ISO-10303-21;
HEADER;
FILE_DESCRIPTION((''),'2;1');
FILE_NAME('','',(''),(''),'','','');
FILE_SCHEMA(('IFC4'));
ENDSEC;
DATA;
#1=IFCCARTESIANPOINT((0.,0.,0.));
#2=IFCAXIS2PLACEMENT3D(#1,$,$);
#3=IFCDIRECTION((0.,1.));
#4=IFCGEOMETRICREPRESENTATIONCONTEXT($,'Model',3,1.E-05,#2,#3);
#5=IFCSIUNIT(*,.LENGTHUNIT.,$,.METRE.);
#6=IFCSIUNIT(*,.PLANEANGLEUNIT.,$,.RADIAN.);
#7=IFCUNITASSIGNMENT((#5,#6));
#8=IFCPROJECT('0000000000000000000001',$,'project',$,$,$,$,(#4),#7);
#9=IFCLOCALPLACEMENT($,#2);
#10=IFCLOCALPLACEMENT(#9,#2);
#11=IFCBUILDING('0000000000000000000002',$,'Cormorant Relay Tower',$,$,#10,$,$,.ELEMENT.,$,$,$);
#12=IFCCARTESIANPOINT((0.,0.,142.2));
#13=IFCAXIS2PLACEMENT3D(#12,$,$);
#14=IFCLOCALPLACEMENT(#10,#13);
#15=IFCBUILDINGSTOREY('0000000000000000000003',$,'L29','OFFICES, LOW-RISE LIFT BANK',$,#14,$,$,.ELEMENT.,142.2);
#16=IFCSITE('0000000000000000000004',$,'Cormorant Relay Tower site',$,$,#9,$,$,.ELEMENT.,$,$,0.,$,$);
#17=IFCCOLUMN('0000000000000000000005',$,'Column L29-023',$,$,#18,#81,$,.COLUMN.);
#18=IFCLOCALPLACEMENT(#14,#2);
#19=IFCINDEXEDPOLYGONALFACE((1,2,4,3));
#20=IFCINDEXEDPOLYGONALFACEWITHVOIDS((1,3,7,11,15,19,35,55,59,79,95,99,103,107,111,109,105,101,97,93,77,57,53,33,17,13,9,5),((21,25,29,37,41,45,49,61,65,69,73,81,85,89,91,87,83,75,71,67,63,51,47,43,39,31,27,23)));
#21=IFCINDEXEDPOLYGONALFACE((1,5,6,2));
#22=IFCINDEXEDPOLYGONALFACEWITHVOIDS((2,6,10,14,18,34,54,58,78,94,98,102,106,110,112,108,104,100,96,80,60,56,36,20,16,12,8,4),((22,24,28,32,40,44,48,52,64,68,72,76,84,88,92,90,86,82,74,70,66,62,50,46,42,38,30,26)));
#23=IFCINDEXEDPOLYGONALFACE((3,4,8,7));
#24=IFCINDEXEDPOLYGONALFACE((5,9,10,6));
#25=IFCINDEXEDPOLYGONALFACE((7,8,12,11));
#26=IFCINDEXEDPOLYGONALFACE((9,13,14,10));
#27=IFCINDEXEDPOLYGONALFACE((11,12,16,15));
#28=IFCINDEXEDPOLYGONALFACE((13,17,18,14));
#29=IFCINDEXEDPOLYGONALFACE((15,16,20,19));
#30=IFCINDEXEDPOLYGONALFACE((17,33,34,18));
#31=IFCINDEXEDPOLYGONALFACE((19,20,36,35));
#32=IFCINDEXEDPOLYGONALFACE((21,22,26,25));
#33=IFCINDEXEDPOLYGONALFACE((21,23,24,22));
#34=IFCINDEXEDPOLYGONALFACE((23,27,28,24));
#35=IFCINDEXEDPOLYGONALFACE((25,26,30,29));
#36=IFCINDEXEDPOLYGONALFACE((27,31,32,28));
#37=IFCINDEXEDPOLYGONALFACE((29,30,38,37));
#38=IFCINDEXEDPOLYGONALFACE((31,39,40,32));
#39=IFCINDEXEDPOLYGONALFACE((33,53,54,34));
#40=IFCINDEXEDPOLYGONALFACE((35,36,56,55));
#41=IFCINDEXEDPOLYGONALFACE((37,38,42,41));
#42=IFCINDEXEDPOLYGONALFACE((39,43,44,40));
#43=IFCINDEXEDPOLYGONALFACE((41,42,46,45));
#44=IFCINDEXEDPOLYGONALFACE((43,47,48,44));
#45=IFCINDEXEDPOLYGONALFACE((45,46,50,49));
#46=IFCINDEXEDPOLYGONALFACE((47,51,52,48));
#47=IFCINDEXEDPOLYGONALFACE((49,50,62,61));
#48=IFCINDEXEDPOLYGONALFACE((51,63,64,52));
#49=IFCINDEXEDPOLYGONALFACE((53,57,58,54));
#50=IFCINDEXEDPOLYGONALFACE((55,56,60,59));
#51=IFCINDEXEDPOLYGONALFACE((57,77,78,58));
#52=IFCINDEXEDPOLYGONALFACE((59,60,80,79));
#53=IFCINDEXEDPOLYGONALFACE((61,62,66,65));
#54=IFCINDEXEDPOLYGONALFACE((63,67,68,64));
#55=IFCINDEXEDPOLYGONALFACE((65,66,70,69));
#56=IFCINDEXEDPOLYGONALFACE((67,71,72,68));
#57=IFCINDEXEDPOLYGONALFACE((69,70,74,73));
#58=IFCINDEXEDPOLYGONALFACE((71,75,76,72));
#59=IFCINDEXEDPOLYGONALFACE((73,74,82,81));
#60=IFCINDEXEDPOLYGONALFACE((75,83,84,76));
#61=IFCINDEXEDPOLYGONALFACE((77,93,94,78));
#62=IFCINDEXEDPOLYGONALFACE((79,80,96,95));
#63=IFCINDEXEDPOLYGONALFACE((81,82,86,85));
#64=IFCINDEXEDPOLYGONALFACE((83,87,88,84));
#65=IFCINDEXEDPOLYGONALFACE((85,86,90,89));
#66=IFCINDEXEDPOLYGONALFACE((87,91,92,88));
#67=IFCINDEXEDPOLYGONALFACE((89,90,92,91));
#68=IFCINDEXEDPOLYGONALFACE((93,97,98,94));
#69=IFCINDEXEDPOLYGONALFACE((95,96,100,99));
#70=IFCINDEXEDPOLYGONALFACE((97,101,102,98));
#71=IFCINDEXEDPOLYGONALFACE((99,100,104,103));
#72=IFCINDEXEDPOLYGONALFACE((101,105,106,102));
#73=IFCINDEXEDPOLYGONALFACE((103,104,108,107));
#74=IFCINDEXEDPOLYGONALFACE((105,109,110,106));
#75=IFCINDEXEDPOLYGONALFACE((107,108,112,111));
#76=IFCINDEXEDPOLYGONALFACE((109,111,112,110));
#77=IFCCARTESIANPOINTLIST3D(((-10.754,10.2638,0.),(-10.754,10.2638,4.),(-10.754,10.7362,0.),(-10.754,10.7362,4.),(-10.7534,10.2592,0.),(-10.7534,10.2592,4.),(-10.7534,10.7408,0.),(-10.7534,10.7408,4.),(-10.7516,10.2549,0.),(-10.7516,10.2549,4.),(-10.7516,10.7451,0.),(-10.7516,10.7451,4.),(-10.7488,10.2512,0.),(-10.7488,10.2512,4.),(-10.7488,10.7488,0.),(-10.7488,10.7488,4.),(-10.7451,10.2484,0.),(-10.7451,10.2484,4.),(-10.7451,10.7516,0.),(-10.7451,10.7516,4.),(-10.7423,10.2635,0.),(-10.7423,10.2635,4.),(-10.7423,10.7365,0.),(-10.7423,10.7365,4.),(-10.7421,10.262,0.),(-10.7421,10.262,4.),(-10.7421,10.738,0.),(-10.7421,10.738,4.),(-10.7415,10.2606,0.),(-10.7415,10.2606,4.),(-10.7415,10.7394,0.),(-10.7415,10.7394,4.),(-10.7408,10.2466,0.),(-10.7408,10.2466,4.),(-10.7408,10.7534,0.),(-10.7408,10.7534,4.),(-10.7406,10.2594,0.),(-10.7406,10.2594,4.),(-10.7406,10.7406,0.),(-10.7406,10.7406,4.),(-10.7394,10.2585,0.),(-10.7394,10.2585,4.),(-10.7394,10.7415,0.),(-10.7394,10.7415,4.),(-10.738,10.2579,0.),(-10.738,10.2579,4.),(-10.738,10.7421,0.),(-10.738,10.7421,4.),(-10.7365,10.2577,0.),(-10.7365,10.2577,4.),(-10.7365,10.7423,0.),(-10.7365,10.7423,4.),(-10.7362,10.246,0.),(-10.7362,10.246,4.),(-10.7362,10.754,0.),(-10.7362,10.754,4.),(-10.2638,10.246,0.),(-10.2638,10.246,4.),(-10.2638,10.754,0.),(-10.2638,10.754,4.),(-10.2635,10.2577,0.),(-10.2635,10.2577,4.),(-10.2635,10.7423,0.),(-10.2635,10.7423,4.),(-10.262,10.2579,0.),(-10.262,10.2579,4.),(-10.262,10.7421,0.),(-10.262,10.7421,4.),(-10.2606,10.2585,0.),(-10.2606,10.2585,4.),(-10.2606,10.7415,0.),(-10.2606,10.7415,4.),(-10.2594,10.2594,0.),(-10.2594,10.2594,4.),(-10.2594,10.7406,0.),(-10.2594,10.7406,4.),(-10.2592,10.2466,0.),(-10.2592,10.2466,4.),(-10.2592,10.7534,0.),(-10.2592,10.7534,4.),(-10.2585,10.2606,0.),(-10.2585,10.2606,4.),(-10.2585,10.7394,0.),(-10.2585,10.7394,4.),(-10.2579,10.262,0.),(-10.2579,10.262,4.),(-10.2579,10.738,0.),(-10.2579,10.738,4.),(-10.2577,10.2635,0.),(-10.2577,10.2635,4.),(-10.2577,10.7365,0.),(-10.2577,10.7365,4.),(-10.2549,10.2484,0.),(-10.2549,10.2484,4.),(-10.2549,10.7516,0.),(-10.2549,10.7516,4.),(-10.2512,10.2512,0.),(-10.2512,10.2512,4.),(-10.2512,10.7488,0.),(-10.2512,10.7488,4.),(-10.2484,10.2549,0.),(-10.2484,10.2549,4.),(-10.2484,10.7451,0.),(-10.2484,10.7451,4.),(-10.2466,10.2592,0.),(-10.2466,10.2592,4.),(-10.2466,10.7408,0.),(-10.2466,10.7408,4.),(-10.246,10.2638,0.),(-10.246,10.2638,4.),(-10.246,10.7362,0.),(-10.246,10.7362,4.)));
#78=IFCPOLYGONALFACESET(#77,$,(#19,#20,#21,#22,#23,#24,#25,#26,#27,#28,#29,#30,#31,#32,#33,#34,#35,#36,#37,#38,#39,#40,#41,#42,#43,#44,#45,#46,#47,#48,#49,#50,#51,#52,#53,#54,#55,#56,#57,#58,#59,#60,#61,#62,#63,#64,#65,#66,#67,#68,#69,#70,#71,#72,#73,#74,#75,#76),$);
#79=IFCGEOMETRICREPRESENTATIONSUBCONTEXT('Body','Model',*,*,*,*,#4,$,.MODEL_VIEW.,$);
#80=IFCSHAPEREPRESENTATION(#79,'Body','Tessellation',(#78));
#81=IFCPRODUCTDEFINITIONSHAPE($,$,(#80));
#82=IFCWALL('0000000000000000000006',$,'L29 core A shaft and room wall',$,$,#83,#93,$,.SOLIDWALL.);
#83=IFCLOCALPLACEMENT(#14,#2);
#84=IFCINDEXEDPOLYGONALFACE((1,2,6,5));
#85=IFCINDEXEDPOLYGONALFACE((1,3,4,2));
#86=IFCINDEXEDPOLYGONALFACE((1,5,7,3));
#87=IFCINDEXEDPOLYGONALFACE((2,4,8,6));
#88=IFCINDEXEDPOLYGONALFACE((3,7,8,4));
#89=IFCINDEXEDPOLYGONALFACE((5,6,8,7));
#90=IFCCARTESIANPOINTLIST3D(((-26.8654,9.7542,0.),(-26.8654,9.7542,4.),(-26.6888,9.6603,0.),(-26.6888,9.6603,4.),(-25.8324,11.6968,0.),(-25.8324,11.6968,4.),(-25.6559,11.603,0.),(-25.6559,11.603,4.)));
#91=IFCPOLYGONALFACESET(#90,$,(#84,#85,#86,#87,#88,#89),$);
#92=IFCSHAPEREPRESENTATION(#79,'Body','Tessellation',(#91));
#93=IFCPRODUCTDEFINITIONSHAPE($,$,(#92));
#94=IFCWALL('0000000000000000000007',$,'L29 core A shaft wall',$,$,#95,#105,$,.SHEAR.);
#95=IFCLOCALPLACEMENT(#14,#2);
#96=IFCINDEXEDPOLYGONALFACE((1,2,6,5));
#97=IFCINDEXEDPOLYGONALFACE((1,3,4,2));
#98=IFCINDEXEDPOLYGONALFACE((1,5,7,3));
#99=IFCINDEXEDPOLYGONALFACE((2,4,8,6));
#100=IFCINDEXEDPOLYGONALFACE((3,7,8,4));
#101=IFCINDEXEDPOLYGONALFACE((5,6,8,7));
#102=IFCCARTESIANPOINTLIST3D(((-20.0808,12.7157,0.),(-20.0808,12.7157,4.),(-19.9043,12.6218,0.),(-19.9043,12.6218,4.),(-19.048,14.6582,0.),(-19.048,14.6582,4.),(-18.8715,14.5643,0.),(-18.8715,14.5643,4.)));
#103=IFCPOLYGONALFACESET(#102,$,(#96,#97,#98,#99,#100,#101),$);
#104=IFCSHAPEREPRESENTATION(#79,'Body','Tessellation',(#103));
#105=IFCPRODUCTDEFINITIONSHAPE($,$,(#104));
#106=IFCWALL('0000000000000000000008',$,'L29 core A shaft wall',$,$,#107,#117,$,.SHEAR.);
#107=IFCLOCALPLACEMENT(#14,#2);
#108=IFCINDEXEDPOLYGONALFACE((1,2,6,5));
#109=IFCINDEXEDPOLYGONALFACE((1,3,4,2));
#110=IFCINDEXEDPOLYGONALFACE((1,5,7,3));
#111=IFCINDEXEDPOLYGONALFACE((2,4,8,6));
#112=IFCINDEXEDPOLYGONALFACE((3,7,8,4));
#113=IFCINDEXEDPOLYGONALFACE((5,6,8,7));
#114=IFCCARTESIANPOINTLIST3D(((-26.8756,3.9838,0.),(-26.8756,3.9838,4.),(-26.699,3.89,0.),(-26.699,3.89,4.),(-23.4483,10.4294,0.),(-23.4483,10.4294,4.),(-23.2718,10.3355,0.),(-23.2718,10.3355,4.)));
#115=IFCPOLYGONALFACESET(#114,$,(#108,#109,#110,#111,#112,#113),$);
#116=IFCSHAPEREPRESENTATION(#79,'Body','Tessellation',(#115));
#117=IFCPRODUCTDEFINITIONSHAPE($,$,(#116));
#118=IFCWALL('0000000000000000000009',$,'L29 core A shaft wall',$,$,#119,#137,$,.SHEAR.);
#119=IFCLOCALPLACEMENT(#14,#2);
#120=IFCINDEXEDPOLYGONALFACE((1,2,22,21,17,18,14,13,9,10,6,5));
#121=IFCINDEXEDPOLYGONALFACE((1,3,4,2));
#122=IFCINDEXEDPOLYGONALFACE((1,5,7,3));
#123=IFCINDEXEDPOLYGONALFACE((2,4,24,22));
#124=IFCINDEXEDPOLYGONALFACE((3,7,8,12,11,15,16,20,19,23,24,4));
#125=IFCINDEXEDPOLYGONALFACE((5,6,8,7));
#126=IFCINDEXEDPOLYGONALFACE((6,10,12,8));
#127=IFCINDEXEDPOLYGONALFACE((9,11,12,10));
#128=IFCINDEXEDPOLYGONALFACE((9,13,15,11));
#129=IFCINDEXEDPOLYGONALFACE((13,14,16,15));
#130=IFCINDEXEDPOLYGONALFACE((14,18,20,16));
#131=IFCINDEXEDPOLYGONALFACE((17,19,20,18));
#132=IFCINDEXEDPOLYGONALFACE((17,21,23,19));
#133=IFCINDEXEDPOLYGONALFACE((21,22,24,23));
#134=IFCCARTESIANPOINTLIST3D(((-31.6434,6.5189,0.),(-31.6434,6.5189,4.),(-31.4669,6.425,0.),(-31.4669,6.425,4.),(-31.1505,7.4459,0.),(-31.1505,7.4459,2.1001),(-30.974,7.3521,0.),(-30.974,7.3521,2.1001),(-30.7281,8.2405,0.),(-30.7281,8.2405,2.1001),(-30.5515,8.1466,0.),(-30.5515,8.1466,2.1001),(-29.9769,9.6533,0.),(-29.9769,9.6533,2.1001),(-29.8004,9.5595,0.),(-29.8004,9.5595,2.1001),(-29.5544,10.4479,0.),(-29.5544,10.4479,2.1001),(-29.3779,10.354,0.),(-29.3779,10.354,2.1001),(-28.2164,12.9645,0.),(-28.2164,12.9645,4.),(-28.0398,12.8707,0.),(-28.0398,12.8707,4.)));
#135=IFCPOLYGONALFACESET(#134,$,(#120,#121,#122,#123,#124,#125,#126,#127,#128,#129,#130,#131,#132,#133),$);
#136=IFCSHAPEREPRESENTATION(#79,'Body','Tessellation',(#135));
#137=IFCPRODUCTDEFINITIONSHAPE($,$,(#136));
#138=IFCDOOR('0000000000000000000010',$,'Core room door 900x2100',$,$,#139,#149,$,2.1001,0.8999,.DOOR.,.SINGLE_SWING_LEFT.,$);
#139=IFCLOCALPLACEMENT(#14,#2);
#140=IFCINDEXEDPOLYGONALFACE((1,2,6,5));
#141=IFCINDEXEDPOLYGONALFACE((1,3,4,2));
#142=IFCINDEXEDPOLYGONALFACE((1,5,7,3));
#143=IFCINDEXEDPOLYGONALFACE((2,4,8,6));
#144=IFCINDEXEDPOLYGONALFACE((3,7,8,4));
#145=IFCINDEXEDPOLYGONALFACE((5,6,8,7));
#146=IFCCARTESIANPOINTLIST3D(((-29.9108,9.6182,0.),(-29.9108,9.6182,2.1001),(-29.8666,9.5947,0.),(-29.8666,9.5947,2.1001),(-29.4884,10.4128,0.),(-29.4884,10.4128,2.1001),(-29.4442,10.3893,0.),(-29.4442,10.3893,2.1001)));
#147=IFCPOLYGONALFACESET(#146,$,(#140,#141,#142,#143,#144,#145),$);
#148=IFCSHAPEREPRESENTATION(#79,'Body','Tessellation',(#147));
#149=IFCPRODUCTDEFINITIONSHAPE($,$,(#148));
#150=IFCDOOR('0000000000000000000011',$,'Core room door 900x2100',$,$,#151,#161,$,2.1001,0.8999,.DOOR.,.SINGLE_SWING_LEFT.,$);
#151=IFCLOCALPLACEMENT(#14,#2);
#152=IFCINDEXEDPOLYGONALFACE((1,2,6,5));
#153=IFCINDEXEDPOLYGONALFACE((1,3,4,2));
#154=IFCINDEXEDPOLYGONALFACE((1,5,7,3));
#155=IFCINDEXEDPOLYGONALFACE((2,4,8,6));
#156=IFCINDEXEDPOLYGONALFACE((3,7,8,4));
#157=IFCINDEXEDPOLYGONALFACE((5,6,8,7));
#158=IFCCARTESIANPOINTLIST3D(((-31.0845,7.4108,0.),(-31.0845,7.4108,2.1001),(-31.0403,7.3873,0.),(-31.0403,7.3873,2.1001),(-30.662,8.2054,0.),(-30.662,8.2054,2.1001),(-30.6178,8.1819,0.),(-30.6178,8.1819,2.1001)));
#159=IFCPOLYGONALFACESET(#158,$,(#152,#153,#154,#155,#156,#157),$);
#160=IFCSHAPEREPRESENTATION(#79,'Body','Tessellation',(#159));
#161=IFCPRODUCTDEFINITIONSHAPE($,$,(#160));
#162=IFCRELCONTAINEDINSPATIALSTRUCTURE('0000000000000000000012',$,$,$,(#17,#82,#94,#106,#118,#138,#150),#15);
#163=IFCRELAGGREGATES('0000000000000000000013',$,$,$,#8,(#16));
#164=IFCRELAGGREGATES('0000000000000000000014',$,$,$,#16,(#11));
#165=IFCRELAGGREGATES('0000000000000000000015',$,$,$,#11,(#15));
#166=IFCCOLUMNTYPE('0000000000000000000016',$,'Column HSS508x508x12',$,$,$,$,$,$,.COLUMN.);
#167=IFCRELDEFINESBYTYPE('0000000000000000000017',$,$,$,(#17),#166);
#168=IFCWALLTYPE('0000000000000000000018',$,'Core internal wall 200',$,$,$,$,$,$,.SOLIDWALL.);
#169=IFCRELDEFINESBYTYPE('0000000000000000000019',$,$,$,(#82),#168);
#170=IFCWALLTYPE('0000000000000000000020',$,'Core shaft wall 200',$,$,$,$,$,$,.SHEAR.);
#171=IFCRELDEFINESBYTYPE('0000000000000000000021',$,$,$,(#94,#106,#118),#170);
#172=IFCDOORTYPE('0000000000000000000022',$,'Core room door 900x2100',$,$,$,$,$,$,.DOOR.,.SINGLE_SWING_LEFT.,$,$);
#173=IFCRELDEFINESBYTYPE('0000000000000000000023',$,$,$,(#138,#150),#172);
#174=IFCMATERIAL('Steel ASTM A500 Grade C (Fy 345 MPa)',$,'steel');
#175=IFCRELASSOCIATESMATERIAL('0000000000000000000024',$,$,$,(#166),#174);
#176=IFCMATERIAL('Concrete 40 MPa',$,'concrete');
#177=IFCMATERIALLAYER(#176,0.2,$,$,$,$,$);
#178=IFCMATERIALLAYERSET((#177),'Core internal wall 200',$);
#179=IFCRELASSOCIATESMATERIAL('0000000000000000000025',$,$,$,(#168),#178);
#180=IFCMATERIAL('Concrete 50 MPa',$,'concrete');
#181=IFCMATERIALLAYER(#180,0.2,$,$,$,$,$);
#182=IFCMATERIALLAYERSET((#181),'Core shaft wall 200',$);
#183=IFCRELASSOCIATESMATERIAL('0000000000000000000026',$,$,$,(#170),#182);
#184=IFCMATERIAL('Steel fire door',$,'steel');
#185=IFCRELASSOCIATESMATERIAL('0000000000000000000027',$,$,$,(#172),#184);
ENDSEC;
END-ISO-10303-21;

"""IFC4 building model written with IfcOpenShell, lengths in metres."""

from ifc_helpers import new_model, si_unit, direction, frame, frame_2d, origin, origin_2d, place, context, subcontext, project, spatial, rectangle, hollow_rectangle, extrude, material, layer, layer_set, material_profile, profile_set, type_object, element, fill, save


model = new_model("IFC4")

# Units and contexts
model_context = context("Model", 3, precision=1e-05, world=origin(), true_north=direction((0.0, 1.0)))
body_context = subcontext(model_context, "Body", "Model", "MODEL_VIEW")
ifc_project = project(units=[si_unit("LENGTHUNIT", "METRE"), si_unit("PLANEANGLEUNIT", "RADIAN")], contexts=[model_context])

# Site, building, storey
site_placement = place(None, origin())
site = spatial("IfcSite", under=ifc_project, at=site_placement, Name="Cormorant Relay Tower site", CompositionType="ELEMENT", RefElevation=0.0)
building_placement = place(site_placement, origin())
building = spatial("IfcBuilding", under=site, at=building_placement, Name="Cormorant Relay Tower", CompositionType="ELEMENT")
storey_placement = place(building_placement, frame((0.0, 0.0, 142.2)))
storey = spatial("IfcBuildingStorey", under=building, at=storey_placement, Name="L29", Description="OFFICES, LOW-RISE LIFT BANK", CompositionType="ELEMENT", Elevation=142.2)

# Column
ifc_material_1 = material(Name="Steel ASTM A500 Grade C (Fy 345 MPa)", Category="steel")
ifc_material_profile = material_profile(ifc_material_1, hollow_rectangle(XDim=0.5081, YDim=0.5081, WallThickness=0.0117, InnerFilletRadius=0.0059, OuterFilletRadius=0.0178, at=origin_2d()), Name="HSS508x508x12")
ifc_profile_set = profile_set([ifc_material_profile], Name="Steel ASTM A500 Grade C (Fy 345 MPa)")
column_type = type_object("IfcColumnType", Name="Column HSS508x508x12", PredefinedType="COLUMN", material=ifc_profile_set)
column_placement = place(storey_placement, frame((-10.5, 10.5, 0.0), z_axis=(0.0, 0.0, 1.0), x_axis=(1.0, 0.0, 0.0)))
element("IfcColumn", 1, at=column_placement, inside=storey, type_object=column_type, Name="Column L29-023", PredefinedType="COLUMN", context=body_context, shape_type="SweptSolid", body=[
    extrude(hollow_rectangle(XDim=0.5081, YDim=0.5081, WallThickness=0.0117, InnerFilletRadius=0.0059, OuterFilletRadius=0.0178, at=origin_2d()), origin(), (0.0, 0.0, 1.0), 4.0),
])

# Walls
ifc_material_2 = material(Name="Concrete 40 MPa", Category="concrete")
ifc_layer_1 = layer(ifc_material_2, 0.2)
ifc_layer_set_1 = layer_set([ifc_layer_1], Name="Core internal wall 200")
wall_type_1 = type_object("IfcWallType", Name="Core internal wall 200", PredefinedType="SOLIDWALL", material=ifc_layer_set_1)
wall_1_placement = place(storey_placement, frame((-25.7441, 11.6499, 0.0), z_axis=(0.0, 0.0, 1.0), x_axis=(-0.469488, -0.882939, 0.0)))
element("IfcWall", 2, at=wall_1_placement, inside=storey, type_object=wall_type_1, Name="L29 core A shaft and room wall", PredefinedType="SOLIDWALL", context=body_context, shape_type="SweptSolid", body=[
    extrude(rectangle(XDim=2.2002, YDim=0.2, at=frame_2d((1.1001, 0.0))), origin(), (0.0, 0.0, 1.0), 4.0),
])
ifc_material_3 = material(Name="Concrete 50 MPa", Category="concrete")
ifc_layer_2 = layer(ifc_material_3, 0.2)
ifc_layer_set_2 = layer_set([ifc_layer_2], Name="Core shaft wall 200")
wall_type_2 = type_object("IfcWallType", Name="Core shaft wall 200", PredefinedType="SHEAR", material=ifc_layer_set_2)
wall_2_placement = place(storey_placement, frame((-18.9597, 14.6113, 0.0), z_axis=(0.0, 0.0, 1.0), x_axis=(-0.469447, -0.88296, 0.0)))
element("IfcWall", 3, at=wall_2_placement, inside=storey, type_object=wall_type_2, Name="L29 core A shaft wall", PredefinedType="SHEAR", context=body_context, shape_type="SweptSolid", body=[
    extrude(rectangle(XDim=2.2, YDim=0.2, at=frame_2d((1.1001, 0.0))), origin(), (0.0, 0.0, 1.0), 4.0),
])
wall_3_placement = place(storey_placement, frame((-23.3601, 10.3823, 0.0), z_axis=(0.0, 0.0, 1.0), x_axis=(-0.46948, -0.882943, 0.0)))
element("IfcWall", 4, at=wall_3_placement, inside=storey, type_object=wall_type_2, Name="L29 core A shaft wall", PredefinedType="SHEAR", context=body_context, shape_type="SweptSolid", body=[
    extrude(rectangle(XDim=7.3, YDim=0.2, at=frame_2d((3.6499, 0.0))), origin(), (0.0, 0.0, 1.0), 4.0),
])

# Wall, openings, doors
wall_4_placement = place(storey_placement, frame((-28.1282, 12.9175, 0.0), z_axis=(0.0, 0.0, 1.0), x_axis=(-0.469454, -0.882957, 0.0)))
wall_4 = element("IfcWall", 5, at=wall_4_placement, inside=storey, type_object=wall_type_2, Name="L29 core A shaft wall", PredefinedType="SHEAR", context=body_context, shape_type="SweptSolid", body=[
    extrude(rectangle(XDim=7.3, YDim=0.2, at=frame_2d((3.6499, 0.0))), origin(), (0.0, 0.0, 1.0), 4.0),
])
opening_1_placement = place(wall_4_placement, frame((2.8501, 0.0, 0.0)))
opening_1 = element("IfcOpeningElement", 6, at=opening_1_placement, cuts=wall_4, PredefinedType="OPENING", context=body_context, shape_type="SweptSolid", body=[
    extrude(rectangle(XDim=0.8999, YDim=2.1001, at=frame_2d((0.45, 1.05))), frame((0.0, 0.1099, 0.0), z_axis=(0.0, -1.0, 0.0), x_axis=(1.0, 0.0, 0.0)), (0.0, 0.0, 1.0), 0.22),
])
opening_2_placement = place(wall_4_placement, frame((5.3501, 0.0, 0.0)))
opening_2 = element("IfcOpeningElement", 7, at=opening_2_placement, cuts=wall_4, PredefinedType="OPENING", context=body_context, shape_type="SweptSolid", body=[
    extrude(rectangle(XDim=0.8999, YDim=2.1001, at=frame_2d((0.45, 1.05))), frame((0.0, 0.1099, 0.0), z_axis=(0.0, -1.0, 0.0), x_axis=(1.0, 0.0, 0.0)), (0.0, 0.0, 1.0), 0.22),
])
ifc_material_4 = material(Name="Steel fire door", Category="steel")
door_type_1 = type_object("IfcDoorType", Name="Core room door 900x2100", OperationType="SINGLE_SWING_LEFT", PredefinedType="DOOR", material=ifc_material_4)
door_1_placement = place(opening_1_placement, origin())
door_1 = element("IfcDoor", 8, at=door_1_placement, inside=storey, type_object=door_type_1, Name="Core room door 900x2100", OperationType="SINGLE_SWING_LEFT", OverallHeight=2.1001, OverallWidth=0.8999, PredefinedType="DOOR", context=body_context, shape_type="SweptSolid", body=[
    extrude(rectangle(XDim=0.8999, YDim=2.1001, at=frame_2d((0.45, 1.05))), frame((0.0, 0.0249, 0.0), z_axis=(0.0, -1.0, 0.0), x_axis=(1.0, 0.0, 0.0)), (0.0, 0.0, 1.0), 0.05),
])
fill(opening_1, door_1)
door_2_placement = place(opening_2_placement, origin())
door_2 = element("IfcDoor", 9, at=door_2_placement, inside=storey, type_object=door_type_1, Name="Core room door 900x2100", OperationType="SINGLE_SWING_LEFT", OverallHeight=2.1001, OverallWidth=0.8999, PredefinedType="DOOR", context=body_context, shape_type="SweptSolid", body=[
    extrude(rectangle(XDim=0.8999, YDim=2.1001, at=frame_2d((0.45, 1.05))), frame((0.0, 0.0249, 0.0), z_axis=(0.0, -1.0, 0.0), x_axis=(1.0, 0.0, 0.0)), (0.0, 0.0, 1.0), 0.05),
])
fill(opening_2, door_2)

save(model, "model.ifc")
